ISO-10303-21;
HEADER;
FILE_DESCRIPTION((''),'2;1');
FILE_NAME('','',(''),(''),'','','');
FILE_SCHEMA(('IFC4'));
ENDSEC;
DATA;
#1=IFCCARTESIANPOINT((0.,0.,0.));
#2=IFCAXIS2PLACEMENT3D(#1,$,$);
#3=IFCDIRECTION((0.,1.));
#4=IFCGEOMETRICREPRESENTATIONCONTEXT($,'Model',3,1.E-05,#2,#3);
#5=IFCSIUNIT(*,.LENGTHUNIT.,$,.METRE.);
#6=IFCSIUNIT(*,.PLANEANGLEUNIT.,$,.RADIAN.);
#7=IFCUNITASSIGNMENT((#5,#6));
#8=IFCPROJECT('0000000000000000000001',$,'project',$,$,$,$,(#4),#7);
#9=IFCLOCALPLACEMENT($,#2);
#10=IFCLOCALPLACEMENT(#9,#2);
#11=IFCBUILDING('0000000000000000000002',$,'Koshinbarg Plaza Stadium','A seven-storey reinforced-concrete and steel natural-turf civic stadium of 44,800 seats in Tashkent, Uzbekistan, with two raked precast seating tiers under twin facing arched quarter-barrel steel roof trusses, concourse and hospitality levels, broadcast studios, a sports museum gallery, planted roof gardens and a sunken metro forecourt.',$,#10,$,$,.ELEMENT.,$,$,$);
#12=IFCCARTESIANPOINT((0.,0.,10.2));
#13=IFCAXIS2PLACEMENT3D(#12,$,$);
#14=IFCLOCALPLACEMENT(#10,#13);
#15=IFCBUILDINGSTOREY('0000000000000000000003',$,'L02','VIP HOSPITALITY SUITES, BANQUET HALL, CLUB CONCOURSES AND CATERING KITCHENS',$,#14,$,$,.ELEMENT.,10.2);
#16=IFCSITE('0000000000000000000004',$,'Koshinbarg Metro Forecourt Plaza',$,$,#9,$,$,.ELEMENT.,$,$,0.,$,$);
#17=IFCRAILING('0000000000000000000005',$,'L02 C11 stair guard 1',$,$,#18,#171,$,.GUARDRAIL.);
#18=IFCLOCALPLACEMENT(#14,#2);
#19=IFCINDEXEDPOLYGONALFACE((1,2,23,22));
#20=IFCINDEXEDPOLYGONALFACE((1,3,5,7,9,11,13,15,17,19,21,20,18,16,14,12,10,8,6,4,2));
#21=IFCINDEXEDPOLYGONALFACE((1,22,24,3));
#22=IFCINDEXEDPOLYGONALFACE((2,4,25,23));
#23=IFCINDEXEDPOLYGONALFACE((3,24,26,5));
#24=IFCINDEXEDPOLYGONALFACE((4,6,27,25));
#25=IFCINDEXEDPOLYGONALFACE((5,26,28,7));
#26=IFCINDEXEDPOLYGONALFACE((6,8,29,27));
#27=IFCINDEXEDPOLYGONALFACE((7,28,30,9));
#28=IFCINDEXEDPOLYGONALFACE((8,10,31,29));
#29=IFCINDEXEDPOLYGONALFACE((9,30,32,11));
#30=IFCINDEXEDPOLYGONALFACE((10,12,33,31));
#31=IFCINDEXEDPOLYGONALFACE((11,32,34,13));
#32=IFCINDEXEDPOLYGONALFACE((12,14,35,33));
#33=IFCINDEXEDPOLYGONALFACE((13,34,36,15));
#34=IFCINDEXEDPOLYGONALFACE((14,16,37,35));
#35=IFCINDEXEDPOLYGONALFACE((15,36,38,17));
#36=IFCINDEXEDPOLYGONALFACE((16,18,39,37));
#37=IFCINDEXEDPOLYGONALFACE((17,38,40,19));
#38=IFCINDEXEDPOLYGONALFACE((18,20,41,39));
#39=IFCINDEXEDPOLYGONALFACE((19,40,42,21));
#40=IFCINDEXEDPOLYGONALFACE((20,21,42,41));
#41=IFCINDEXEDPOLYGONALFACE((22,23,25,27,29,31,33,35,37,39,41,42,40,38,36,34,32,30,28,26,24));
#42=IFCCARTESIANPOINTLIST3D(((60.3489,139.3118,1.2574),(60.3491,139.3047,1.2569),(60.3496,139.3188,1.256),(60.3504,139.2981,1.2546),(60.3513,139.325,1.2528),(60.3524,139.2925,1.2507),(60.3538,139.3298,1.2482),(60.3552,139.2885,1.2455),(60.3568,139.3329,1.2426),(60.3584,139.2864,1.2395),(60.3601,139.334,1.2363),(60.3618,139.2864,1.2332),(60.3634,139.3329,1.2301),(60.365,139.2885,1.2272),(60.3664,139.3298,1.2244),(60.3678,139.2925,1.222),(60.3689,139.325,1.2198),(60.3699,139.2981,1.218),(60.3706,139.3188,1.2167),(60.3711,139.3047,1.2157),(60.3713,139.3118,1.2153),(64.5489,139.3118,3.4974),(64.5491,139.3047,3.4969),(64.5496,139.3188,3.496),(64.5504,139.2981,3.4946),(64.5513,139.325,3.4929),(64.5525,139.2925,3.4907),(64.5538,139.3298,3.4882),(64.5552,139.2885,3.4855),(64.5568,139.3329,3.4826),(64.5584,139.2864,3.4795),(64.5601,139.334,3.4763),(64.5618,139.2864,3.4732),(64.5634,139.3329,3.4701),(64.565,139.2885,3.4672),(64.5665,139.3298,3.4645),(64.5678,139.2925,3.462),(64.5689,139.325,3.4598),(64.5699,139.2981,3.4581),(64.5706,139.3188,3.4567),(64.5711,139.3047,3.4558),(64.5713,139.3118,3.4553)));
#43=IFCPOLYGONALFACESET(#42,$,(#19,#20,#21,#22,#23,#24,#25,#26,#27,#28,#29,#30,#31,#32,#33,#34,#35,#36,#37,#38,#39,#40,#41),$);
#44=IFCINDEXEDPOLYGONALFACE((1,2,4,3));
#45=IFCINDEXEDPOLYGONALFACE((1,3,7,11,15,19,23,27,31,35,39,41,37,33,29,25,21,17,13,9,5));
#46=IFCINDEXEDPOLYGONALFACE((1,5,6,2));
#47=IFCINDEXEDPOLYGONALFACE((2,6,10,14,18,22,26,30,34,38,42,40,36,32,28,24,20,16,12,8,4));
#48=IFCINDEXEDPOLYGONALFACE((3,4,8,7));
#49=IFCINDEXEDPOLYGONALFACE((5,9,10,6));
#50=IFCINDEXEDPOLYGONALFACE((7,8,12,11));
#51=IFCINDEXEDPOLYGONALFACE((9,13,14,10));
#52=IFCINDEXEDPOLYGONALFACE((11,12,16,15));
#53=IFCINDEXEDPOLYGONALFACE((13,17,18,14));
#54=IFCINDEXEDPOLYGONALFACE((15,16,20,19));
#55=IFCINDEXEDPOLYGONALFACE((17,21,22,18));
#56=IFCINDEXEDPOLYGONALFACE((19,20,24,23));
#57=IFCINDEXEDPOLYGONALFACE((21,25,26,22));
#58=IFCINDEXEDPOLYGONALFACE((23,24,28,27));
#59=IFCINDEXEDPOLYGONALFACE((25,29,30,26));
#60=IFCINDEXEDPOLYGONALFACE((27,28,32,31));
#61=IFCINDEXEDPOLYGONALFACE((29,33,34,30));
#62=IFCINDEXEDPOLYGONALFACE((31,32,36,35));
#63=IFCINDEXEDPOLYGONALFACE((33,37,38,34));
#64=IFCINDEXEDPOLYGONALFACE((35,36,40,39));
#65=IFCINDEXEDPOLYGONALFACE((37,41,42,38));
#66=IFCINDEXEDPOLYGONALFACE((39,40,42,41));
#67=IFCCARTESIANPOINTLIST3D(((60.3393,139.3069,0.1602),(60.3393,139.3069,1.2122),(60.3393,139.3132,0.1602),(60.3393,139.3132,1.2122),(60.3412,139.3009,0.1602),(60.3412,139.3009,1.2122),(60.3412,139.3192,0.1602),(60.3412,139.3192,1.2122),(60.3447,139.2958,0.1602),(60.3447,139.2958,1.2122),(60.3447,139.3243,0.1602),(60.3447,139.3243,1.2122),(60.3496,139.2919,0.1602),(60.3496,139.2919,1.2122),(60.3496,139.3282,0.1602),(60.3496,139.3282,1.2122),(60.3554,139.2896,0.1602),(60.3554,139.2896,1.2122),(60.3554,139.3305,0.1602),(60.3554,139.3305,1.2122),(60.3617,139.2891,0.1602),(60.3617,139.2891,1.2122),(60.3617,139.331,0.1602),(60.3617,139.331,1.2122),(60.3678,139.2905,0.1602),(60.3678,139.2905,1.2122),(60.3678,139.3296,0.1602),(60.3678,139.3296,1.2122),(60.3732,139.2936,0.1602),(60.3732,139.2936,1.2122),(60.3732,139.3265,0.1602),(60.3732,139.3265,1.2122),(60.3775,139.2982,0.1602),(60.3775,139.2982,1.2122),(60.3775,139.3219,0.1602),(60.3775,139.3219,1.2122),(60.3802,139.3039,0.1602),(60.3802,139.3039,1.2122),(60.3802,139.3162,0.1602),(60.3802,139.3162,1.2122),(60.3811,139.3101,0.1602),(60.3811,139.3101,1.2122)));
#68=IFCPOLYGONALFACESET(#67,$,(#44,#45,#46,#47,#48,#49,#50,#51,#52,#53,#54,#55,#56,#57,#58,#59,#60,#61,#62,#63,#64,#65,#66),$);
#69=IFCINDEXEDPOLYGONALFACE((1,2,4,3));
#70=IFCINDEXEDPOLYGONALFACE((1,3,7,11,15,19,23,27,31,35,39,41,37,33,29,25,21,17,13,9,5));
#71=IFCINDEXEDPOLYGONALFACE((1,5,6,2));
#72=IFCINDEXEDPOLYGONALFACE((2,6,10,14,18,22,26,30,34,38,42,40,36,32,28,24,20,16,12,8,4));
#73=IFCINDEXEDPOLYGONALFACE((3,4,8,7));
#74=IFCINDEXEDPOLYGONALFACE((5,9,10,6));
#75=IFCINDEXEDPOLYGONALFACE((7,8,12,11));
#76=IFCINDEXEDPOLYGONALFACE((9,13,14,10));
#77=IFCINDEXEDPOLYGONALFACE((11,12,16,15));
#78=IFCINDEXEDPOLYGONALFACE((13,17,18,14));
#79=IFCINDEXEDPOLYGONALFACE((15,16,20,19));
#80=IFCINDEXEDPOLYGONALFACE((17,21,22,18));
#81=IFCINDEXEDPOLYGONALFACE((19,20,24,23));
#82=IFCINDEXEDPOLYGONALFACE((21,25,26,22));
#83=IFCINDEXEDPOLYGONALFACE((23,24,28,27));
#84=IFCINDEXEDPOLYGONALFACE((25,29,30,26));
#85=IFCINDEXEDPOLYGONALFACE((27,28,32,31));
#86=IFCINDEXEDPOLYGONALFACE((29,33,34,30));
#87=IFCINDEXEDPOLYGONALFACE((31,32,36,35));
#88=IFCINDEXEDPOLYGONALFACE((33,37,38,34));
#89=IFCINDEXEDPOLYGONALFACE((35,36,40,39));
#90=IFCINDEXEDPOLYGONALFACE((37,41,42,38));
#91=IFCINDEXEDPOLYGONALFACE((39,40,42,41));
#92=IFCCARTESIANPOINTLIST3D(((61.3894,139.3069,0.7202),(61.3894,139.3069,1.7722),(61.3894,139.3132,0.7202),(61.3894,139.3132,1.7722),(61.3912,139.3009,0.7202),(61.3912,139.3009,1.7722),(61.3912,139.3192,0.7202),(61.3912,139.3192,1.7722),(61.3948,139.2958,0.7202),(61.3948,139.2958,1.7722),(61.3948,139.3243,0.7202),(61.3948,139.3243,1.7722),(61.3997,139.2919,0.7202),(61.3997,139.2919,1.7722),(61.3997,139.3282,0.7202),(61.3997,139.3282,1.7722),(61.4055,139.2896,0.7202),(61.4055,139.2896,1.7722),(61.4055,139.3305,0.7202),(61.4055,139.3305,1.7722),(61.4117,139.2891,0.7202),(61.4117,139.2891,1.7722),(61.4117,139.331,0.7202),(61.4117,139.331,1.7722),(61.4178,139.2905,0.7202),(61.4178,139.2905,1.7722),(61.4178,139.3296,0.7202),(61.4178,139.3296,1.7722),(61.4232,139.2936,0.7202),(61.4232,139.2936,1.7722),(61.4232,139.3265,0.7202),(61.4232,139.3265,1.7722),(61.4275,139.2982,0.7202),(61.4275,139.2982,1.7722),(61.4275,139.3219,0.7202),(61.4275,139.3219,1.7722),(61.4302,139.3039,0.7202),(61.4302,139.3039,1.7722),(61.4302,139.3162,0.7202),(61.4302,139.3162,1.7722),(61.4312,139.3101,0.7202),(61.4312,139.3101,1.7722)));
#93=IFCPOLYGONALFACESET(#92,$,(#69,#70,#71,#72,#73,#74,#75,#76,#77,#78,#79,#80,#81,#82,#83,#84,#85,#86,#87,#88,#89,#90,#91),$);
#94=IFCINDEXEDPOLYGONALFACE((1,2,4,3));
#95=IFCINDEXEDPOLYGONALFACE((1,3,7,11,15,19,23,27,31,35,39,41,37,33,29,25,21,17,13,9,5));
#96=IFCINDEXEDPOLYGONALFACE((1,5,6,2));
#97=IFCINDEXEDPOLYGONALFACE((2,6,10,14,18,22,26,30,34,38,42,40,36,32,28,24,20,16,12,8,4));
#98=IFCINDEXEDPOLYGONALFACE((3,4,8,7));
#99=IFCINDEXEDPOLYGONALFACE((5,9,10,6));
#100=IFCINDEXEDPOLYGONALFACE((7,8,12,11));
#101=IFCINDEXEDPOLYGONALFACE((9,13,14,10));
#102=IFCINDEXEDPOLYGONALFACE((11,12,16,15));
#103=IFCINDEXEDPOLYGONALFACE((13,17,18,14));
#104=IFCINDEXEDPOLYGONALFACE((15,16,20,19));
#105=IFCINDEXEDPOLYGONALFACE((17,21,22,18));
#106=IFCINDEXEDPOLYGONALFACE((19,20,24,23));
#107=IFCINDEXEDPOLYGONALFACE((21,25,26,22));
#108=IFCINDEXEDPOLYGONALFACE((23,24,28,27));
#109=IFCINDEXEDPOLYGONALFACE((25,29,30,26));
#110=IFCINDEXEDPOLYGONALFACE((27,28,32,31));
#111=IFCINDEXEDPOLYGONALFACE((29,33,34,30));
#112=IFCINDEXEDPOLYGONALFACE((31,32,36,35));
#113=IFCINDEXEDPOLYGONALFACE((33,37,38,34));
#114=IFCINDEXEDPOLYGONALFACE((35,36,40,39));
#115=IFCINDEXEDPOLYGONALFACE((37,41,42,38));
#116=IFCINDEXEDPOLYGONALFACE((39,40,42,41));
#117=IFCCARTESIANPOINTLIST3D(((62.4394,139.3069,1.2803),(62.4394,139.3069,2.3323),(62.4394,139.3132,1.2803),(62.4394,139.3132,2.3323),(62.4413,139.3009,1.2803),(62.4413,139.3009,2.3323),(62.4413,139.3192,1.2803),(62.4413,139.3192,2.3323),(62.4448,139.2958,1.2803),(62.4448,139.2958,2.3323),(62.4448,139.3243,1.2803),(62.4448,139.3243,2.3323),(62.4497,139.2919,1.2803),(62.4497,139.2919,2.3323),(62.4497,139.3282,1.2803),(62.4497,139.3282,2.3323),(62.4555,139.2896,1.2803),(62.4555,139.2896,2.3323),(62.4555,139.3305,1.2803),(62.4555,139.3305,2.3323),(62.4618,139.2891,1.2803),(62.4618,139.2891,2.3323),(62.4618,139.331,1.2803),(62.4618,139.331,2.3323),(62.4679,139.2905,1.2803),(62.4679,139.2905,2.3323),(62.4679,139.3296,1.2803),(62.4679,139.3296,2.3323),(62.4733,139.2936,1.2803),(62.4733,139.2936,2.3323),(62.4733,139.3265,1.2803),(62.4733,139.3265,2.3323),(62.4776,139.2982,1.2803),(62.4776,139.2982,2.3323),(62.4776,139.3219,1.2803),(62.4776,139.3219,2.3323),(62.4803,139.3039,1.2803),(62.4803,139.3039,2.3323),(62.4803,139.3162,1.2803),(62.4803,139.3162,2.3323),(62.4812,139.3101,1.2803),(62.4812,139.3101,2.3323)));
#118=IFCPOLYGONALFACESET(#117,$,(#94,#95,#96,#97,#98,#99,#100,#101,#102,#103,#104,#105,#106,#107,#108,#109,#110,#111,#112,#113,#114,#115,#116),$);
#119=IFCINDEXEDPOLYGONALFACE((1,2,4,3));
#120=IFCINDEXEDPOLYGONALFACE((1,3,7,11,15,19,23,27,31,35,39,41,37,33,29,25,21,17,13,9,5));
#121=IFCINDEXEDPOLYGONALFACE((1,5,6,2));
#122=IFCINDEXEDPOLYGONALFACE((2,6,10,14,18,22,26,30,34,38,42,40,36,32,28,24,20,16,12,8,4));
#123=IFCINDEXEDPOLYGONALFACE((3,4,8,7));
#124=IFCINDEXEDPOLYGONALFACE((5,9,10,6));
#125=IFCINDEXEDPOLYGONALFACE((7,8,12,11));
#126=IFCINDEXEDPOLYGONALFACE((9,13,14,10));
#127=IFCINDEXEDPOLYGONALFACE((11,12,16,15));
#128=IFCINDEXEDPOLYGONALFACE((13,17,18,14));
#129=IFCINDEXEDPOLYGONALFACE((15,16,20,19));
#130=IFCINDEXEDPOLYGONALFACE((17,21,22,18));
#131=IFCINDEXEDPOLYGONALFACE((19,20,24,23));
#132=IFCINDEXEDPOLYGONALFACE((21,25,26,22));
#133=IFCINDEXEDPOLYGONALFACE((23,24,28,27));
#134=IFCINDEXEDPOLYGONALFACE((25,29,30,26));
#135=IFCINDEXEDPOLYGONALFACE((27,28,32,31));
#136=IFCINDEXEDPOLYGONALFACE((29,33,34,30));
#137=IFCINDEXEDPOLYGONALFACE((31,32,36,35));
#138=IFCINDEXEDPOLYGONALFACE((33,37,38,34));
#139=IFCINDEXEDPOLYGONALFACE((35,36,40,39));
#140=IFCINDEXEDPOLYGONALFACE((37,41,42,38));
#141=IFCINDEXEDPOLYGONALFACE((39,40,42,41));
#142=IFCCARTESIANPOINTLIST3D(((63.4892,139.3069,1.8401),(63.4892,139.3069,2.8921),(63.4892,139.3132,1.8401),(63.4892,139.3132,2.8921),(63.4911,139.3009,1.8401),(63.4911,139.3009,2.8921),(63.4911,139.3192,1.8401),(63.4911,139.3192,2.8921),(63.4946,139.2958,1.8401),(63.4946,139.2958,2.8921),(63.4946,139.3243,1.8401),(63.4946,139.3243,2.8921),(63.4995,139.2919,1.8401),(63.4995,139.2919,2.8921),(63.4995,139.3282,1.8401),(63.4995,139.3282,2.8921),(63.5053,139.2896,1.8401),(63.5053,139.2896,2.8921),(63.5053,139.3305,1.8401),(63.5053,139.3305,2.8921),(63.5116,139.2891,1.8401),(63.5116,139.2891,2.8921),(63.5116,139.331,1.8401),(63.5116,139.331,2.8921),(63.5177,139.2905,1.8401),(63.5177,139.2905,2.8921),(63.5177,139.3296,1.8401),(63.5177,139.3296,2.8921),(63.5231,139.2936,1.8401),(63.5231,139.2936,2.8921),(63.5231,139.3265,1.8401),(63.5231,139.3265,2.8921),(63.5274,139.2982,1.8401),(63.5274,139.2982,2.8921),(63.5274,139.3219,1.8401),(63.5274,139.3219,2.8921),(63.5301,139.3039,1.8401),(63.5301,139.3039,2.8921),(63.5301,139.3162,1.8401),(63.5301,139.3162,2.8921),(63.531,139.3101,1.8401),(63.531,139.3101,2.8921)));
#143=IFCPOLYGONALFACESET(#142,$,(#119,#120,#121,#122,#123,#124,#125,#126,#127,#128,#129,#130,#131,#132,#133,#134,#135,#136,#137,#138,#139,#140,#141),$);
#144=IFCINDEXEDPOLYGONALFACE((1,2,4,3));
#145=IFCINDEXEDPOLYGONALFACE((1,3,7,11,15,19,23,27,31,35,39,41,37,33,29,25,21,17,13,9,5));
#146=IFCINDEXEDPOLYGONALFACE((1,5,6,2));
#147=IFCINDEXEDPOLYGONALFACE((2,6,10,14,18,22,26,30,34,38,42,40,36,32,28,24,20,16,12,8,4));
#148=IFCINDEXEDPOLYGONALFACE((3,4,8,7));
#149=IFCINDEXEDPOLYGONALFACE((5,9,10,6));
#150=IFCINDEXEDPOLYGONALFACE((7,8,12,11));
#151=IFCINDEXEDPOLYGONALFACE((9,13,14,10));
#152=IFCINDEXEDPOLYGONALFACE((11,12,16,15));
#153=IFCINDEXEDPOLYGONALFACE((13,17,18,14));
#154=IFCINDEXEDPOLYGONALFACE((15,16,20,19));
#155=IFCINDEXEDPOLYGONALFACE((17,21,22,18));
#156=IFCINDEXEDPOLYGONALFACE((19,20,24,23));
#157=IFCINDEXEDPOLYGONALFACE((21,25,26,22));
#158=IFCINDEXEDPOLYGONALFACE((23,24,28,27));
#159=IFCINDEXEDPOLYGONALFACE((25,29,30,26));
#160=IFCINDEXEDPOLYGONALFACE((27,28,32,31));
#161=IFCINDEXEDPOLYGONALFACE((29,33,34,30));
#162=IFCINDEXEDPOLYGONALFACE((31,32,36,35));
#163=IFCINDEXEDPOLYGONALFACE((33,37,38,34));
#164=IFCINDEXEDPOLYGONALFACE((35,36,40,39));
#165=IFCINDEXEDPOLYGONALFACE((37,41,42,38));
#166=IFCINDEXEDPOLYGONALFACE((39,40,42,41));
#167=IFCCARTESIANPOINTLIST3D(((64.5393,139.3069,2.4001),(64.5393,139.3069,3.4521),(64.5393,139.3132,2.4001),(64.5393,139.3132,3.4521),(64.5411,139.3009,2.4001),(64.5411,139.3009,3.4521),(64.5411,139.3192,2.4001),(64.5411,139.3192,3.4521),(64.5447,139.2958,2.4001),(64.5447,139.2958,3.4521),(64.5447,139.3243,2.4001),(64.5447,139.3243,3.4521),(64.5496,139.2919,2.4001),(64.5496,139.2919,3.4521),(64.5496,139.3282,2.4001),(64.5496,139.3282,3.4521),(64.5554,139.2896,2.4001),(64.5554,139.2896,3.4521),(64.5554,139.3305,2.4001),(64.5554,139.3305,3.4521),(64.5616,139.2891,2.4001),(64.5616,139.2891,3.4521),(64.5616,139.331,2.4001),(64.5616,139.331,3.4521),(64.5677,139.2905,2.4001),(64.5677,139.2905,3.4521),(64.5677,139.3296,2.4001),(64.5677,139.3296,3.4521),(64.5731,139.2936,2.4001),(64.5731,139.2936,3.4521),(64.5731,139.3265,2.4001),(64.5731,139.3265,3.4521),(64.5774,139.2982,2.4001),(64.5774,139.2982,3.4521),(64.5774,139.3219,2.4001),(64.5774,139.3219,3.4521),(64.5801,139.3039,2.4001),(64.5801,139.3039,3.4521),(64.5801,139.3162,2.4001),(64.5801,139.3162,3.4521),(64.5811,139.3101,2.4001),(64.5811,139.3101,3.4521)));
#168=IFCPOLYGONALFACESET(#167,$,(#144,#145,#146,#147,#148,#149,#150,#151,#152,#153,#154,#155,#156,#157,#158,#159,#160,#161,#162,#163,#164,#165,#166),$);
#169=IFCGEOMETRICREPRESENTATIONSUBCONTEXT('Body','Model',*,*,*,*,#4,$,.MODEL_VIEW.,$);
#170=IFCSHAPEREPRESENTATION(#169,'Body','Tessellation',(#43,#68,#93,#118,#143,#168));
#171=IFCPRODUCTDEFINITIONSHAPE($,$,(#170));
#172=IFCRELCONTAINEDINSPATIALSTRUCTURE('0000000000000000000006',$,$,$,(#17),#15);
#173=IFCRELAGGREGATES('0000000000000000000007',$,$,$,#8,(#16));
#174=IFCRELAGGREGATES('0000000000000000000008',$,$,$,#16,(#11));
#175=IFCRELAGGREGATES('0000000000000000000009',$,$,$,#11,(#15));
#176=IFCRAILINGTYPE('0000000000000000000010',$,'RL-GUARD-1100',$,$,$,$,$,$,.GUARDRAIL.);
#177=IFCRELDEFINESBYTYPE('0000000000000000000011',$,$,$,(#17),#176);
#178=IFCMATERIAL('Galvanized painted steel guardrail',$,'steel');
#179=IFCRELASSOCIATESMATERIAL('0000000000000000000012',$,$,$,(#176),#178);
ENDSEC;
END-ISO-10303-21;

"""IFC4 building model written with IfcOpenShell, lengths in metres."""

from ifc_helpers import new_model, si_unit, direction, frame, origin, origin_2d, place, context, subcontext, project, spatial, circle, extrude, material, type_object, element, save


model = new_model("IFC4")

# Units and contexts
model_context = context("Model", 3, precision=1e-05, world=origin(), true_north=direction((0.0, 1.0)))
body_context = subcontext(model_context, "Body", "Model", "MODEL_VIEW")
ifc_project = project(units=[si_unit("LENGTHUNIT", "METRE"), si_unit("PLANEANGLEUNIT", "RADIAN")], contexts=[model_context])

# Site, building, storey
site_placement = place(None, origin())
site = spatial("IfcSite", under=ifc_project, at=site_placement, Name="Koshinbarg Metro Forecourt Plaza", CompositionType="ELEMENT", RefElevation=0.0)
building_placement = place(site_placement, origin())
building = spatial("IfcBuilding", under=site, at=building_placement, Name="Koshinbarg Plaza Stadium", Description="A seven-storey reinforced-concrete and steel natural-turf civic stadium of 44,800 seats in Tashkent, Uzbekistan, with two raked precast seating tiers under twin facing arched quarter-barrel steel roof trusses, concourse and hospitality levels, broadcast studios, a sports museum gallery, planted roof gardens and a sunken metro forecourt.", CompositionType="ELEMENT")
storey_placement = place(building_placement, frame((0.0, 0.0, 10.2)))
storey = spatial("IfcBuildingStorey", under=building, at=storey_placement, Name="L02", Description="VIP HOSPITALITY SUITES, BANQUET HALL, CLUB CONCOURSES AND CATERING KITCHENS", CompositionType="ELEMENT", Elevation=10.2)

# Railing
ifc_material_1 = material(Name="Galvanized painted steel guardrail", Category="steel")
railing_type_1 = type_object("IfcRailingType", Name="RL-GUARD-1100", PredefinedType="GUARDRAIL", material=ifc_material_1)
railing_1_placement = place(storey_placement, frame((60.3601, 139.3101, 0.1602)))
element("IfcRailing", 1, at=railing_1_placement, inside=storey, type_object=railing_type_1, Name="L02 C11 stair guard 1", PredefinedType="GUARDRAIL", context=body_context, shape_type="SweptSolid", body=[
    extrude(circle(Radius=0.0239, at=origin_2d()), frame((0.0, 0.0, 1.0762), z_axis=(0.882352, 0.0, 0.470591), x_axis=(0.0, 1.0, 0.0)), (0.0, 0.0, 1.0), 4.76),
    extrude(circle(Radius=0.021, at=origin_2d()), origin(), (0.0, 0.0, 1.0), 1.052),
    extrude(circle(Radius=0.021, at=origin_2d()), frame((1.05, 0.0, 0.5601)), (0.0, 0.0, 1.0), 1.052),
    extrude(circle(Radius=0.021, at=origin_2d()), frame((2.1001, 0.0, 1.1201)), (0.0, 0.0, 1.0), 1.052),
    extrude(circle(Radius=0.021, at=origin_2d()), frame((3.1499, 0.0, 1.6799)), (0.0, 0.0, 1.0), 1.052),
    extrude(circle(Radius=0.021, at=origin_2d()), frame((4.2, 0.0, 2.24)), (0.0, 0.0, 1.0), 1.052),
])

save(model, "model.ifc")
